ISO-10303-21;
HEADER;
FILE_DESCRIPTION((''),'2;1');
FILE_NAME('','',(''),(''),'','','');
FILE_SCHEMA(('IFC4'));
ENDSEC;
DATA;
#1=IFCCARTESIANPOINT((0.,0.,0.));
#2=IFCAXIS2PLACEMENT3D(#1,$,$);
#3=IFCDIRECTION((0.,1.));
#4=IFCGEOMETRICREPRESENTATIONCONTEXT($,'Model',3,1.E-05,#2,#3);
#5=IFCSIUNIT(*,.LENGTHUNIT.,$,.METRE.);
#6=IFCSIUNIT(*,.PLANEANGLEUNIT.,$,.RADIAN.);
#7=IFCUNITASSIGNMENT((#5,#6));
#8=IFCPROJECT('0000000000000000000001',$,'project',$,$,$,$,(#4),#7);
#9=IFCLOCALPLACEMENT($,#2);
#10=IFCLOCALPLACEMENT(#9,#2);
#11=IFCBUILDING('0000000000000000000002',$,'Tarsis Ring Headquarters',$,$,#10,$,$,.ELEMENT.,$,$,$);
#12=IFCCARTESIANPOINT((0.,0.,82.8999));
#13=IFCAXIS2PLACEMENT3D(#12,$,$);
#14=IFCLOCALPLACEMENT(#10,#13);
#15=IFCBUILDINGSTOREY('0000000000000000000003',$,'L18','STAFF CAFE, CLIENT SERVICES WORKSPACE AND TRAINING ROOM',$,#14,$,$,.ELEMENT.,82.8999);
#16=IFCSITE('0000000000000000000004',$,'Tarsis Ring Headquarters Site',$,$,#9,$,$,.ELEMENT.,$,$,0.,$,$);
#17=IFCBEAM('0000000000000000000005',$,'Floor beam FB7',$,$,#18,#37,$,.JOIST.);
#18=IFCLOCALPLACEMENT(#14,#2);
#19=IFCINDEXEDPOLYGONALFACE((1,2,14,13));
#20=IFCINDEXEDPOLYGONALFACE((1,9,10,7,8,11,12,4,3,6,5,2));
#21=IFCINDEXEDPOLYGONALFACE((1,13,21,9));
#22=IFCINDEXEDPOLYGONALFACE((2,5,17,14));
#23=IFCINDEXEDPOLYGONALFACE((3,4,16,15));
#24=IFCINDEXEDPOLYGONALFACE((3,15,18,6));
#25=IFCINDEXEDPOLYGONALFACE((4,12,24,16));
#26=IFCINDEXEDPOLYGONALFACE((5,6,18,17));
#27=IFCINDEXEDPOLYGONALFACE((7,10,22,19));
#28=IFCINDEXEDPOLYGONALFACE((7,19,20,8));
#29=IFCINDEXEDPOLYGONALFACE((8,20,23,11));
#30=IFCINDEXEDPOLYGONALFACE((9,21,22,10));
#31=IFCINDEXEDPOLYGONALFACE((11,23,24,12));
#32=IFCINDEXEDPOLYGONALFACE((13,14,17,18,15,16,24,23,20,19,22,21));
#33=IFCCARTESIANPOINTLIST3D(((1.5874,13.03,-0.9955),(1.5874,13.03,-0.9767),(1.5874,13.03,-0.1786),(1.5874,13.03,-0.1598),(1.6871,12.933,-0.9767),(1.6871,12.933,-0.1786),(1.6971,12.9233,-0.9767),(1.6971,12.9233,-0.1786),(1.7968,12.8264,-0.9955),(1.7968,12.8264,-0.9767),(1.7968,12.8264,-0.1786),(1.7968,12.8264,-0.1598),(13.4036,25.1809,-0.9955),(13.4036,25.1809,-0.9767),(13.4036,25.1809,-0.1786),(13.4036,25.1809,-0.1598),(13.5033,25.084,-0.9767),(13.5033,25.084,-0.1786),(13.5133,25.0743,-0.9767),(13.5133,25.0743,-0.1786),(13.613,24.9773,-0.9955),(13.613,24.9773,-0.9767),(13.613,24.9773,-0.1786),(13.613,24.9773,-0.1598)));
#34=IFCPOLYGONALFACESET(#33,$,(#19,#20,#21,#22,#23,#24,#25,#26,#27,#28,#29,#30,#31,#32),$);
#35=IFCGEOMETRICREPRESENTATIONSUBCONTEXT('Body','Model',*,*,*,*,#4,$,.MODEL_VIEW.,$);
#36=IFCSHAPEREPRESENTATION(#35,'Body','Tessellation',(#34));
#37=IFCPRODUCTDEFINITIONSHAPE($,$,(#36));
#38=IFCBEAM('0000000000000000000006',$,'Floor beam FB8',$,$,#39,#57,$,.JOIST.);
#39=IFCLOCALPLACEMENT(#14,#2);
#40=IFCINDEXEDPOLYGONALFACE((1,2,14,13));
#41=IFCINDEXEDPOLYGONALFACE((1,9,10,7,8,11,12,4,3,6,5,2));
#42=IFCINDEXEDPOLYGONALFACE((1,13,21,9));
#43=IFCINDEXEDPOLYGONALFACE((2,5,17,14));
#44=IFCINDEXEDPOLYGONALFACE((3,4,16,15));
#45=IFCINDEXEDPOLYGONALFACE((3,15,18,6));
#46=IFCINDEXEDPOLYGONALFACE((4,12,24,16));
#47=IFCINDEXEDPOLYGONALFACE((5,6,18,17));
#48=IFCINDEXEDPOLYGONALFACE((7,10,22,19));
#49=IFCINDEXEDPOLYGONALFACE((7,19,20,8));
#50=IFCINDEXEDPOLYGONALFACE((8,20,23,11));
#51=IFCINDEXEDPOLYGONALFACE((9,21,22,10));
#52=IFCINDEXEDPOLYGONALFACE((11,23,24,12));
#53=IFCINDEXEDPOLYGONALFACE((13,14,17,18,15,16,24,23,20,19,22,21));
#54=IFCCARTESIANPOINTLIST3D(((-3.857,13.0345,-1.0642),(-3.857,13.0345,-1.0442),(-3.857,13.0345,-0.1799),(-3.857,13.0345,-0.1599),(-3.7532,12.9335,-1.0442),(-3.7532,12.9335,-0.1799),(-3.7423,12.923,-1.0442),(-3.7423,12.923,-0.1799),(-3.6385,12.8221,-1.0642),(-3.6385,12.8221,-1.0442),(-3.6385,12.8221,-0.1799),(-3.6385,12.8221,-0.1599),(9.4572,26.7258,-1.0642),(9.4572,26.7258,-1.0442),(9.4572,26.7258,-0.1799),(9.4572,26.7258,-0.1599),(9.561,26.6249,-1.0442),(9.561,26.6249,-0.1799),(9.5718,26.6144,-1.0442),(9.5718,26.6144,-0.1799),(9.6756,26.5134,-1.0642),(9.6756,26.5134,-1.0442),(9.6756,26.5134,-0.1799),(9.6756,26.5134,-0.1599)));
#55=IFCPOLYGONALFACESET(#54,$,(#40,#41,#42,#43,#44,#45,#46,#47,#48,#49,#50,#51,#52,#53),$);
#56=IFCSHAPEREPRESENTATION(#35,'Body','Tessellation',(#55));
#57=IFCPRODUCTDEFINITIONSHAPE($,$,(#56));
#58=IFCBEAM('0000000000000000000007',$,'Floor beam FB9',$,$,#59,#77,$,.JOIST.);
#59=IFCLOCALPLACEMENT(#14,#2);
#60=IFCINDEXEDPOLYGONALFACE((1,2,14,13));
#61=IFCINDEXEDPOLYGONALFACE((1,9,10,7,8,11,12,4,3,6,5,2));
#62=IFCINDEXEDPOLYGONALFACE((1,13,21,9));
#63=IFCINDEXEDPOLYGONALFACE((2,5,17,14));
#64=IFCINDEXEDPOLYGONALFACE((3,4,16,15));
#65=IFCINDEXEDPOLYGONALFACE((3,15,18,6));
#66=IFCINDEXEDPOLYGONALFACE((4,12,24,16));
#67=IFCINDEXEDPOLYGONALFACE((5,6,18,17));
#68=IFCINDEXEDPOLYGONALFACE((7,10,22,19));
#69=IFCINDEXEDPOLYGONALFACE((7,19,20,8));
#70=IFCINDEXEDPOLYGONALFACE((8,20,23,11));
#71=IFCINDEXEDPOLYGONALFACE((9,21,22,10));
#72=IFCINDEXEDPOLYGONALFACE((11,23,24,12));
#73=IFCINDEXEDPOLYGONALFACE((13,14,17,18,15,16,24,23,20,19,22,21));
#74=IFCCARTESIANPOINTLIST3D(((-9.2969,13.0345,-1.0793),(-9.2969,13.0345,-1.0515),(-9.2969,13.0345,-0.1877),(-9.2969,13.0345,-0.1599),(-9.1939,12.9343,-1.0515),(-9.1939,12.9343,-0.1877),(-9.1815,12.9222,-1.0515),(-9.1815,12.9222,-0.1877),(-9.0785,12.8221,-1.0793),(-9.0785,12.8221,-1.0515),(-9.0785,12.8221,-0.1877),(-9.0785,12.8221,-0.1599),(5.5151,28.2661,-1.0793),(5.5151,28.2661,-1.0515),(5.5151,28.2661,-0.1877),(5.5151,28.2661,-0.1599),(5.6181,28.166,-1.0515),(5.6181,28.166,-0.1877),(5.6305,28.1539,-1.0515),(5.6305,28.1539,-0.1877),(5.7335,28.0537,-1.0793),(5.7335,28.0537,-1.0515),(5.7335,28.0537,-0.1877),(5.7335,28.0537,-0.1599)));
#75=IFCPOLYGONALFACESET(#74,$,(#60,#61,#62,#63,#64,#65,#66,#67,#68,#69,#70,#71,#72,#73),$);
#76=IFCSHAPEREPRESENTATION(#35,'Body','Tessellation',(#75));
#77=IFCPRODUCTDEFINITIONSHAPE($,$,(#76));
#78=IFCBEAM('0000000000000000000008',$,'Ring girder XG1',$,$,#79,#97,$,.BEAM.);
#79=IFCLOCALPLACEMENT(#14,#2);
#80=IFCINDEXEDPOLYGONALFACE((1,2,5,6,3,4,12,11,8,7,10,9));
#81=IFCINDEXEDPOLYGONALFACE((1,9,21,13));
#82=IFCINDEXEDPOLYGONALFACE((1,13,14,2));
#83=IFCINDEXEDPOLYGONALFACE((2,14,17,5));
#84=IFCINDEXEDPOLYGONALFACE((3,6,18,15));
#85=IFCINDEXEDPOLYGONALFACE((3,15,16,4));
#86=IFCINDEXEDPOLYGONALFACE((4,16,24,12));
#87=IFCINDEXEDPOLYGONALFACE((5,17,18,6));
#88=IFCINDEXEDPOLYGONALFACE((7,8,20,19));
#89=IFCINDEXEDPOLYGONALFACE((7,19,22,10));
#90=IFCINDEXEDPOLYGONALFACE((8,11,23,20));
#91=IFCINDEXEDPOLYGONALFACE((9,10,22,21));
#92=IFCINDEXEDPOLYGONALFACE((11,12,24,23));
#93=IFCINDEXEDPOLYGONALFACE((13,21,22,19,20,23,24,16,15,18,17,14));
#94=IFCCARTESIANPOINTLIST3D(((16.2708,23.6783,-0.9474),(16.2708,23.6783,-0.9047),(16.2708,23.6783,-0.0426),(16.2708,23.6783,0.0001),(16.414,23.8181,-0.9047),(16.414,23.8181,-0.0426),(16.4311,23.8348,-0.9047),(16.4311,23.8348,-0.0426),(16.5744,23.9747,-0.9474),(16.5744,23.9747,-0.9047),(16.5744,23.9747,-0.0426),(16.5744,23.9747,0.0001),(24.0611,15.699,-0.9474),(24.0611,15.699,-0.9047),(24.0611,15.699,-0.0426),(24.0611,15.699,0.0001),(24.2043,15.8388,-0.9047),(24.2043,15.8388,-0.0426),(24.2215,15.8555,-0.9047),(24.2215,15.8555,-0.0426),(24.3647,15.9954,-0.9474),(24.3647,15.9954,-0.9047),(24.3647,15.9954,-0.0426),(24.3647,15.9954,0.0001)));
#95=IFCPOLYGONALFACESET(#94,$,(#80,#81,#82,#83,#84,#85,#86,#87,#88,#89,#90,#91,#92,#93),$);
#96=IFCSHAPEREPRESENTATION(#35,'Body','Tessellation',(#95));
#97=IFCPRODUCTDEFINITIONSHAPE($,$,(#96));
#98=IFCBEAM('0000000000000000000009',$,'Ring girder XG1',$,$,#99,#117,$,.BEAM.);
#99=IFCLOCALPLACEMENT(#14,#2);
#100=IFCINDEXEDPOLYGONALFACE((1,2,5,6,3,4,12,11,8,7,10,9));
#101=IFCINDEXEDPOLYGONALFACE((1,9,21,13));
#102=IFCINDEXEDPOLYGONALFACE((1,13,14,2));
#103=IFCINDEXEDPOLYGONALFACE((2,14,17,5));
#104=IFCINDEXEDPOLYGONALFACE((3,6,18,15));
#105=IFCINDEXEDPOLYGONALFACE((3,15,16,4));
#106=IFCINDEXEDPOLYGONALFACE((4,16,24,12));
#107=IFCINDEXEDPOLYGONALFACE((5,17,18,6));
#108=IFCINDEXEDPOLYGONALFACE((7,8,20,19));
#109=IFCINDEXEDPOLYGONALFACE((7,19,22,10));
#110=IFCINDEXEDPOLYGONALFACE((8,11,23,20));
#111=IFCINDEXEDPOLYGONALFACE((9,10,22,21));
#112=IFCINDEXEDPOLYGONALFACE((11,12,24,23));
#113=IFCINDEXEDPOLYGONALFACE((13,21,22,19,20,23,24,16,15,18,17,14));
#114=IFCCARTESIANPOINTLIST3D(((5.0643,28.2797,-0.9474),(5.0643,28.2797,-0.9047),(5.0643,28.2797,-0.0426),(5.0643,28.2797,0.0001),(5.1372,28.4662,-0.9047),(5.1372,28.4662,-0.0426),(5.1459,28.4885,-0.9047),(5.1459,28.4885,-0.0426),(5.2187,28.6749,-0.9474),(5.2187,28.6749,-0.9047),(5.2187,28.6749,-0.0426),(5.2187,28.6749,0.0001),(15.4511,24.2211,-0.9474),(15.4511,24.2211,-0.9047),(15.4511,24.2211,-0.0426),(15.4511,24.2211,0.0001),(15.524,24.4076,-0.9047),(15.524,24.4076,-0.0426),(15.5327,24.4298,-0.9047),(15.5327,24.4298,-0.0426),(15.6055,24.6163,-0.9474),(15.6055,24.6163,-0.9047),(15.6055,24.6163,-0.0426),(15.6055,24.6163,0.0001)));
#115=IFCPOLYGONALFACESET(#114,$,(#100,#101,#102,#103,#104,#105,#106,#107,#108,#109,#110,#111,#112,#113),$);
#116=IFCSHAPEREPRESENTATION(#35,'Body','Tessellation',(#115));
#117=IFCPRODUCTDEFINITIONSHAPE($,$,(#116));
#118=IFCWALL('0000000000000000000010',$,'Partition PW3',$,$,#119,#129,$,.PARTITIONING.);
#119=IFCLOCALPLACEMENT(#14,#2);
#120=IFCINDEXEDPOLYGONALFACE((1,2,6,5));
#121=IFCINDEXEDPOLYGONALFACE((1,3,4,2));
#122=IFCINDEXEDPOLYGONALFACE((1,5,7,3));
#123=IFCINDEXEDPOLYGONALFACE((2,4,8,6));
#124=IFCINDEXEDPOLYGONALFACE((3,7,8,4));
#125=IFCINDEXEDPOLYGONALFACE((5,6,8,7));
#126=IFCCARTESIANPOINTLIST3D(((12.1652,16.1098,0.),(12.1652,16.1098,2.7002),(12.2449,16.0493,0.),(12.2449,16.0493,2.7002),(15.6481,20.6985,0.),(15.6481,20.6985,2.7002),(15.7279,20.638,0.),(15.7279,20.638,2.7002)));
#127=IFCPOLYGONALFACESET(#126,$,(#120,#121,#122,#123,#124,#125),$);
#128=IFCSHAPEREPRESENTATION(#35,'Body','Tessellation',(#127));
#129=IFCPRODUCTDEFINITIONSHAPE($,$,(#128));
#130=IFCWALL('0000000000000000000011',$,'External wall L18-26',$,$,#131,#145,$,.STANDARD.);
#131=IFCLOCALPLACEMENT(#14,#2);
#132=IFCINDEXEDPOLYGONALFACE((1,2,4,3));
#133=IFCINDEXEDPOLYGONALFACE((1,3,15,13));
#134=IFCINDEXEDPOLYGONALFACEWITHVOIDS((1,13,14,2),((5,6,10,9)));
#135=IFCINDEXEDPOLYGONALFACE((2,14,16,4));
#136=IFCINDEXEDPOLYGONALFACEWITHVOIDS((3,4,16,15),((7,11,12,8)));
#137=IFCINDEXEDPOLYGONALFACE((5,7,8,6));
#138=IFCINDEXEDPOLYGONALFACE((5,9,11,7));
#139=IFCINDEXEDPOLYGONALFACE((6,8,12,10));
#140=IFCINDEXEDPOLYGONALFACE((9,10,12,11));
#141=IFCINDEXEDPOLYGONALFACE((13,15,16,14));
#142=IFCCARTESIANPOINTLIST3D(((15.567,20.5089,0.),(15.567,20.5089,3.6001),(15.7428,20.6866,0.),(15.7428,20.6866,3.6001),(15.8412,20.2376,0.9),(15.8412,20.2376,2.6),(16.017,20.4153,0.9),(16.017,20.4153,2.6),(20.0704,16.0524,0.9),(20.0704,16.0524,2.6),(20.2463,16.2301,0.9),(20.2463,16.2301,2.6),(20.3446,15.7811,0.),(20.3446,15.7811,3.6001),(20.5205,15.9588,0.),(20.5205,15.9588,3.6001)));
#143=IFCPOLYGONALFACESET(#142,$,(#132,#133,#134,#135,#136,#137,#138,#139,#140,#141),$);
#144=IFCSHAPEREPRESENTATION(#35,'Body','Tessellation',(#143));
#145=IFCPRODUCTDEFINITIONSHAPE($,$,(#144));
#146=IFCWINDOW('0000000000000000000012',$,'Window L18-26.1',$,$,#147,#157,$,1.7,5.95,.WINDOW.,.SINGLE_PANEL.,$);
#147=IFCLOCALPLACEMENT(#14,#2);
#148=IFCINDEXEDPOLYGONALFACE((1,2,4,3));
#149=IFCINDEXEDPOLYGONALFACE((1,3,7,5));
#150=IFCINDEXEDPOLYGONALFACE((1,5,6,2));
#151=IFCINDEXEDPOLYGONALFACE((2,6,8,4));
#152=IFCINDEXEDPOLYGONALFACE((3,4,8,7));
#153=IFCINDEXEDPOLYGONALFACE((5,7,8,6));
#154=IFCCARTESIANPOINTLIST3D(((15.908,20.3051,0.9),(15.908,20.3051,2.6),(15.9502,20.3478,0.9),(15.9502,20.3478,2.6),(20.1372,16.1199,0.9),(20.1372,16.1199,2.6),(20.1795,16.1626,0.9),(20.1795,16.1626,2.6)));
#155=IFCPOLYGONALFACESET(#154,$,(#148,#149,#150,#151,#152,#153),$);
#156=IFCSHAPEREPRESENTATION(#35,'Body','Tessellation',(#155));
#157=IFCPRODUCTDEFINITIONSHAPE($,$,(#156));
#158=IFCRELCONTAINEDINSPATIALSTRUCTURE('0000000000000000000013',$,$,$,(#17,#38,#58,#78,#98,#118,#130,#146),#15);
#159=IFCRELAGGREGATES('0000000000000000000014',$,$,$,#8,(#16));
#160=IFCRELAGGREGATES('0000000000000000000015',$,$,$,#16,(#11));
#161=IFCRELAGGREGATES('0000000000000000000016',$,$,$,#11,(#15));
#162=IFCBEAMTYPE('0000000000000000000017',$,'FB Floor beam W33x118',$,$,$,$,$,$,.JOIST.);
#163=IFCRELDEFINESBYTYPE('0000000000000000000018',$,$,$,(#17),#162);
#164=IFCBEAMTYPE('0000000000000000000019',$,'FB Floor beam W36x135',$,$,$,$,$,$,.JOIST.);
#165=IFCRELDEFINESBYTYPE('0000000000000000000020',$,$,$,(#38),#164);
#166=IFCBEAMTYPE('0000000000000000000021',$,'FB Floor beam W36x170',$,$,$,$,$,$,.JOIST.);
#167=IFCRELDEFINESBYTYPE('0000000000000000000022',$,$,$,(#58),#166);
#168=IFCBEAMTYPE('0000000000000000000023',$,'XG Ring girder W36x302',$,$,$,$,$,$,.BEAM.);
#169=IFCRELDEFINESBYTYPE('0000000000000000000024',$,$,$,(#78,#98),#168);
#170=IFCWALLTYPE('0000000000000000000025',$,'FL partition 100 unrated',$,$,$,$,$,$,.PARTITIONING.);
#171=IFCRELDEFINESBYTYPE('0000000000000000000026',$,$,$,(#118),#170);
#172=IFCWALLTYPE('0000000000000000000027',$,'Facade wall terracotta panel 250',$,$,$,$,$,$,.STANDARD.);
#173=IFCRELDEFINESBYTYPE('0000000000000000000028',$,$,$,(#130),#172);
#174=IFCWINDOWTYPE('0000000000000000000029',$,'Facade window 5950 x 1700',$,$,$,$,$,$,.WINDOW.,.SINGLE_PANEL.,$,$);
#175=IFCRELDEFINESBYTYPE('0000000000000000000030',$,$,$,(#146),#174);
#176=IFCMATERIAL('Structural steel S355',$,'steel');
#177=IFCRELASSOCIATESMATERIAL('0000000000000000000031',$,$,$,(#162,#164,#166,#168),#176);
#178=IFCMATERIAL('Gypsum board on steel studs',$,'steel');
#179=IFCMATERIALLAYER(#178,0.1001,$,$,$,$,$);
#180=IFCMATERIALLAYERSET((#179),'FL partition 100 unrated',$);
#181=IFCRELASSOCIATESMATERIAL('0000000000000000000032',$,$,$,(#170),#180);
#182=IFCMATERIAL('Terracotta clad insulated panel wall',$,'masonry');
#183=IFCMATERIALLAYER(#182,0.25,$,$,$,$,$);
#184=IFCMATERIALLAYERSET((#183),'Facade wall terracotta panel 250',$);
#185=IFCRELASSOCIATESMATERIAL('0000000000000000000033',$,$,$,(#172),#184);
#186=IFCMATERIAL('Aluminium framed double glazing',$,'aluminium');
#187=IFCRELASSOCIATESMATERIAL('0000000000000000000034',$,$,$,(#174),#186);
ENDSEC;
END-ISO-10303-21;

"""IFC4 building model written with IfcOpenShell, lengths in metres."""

from ifc_helpers import new_model, si_unit, direction, frame, frame_2d, origin, origin_2d, place, context, subcontext, project, spatial, rectangle, i_section, extrude, material, layer, layer_set, material_profile, profile_set, type_object, element, fill, save


model = new_model("IFC4")

# Units and contexts
model_context = context("Model", 3, precision=1e-05, world=origin(), true_north=direction((0.0, 1.0)))
body_context = subcontext(model_context, "Body", "Model", "MODEL_VIEW")
ifc_project = project(units=[si_unit("LENGTHUNIT", "METRE"), si_unit("PLANEANGLEUNIT", "RADIAN")], contexts=[model_context])

# Site, building, storey
site_placement = place(None, origin())
site = spatial("IfcSite", under=ifc_project, at=site_placement, Name="Tarsis Ring Headquarters Site", CompositionType="ELEMENT", RefElevation=0.0)
building_placement = place(site_placement, origin())
building = spatial("IfcBuilding", under=site, at=building_placement, Name="Tarsis Ring Headquarters", CompositionType="ELEMENT")
storey_placement = place(building_placement, frame((0.0, 0.0, 82.8999)))
storey = spatial("IfcBuildingStorey", under=building, at=storey_placement, Name="L18", Description="STAFF CAFE, CLIENT SERVICES WORKSPACE AND TRAINING ROOM", CompositionType="ELEMENT", Elevation=82.8999)

# Beams
ifc_material_1 = material(Name="Structural steel S355", Category="steel")
ifc_material_profile_1 = material_profile(ifc_material_1, i_section(OverallWidth=0.292, OverallDepth=0.8357, WebThickness=0.0139, FlangeThickness=0.0188, at=origin_2d()), Name="W33x118")
ifc_profile_set_1 = profile_set([ifc_material_profile_1], Name="Structural steel S355")
beam_type_1 = type_object("IfcBeamType", Name="FB Floor beam W33x118", PredefinedType="JOIST", material=ifc_profile_set_1)
beam_1_placement = place(storey_placement, frame((13.5083, 25.0791, -0.5776), z_axis=(-0.697164, -0.716912, 0.0), x_axis=(0.716912, -0.697164, 0.0)))
element("IfcBeam", 1, at=beam_1_placement, inside=storey, type_object=beam_type_1, Name="Floor beam FB7", PredefinedType="JOIST", context=body_context, shape_type="SweptSolid", body=[
    extrude(i_section(OverallWidth=0.292, OverallDepth=0.8357, WebThickness=0.0139, FlangeThickness=0.0188, at=origin_2d()), origin(), (0.0, 0.0, 1.0), 16.949),
])
ifc_material_profile_2 = material_profile(ifc_material_1, i_section(OverallWidth=0.3047, OverallDepth=0.9043, WebThickness=0.0151, FlangeThickness=0.02, at=origin_2d()), Name="W36x135")
ifc_profile_set_2 = profile_set([ifc_material_profile_2], Name="Structural steel S355")
beam_type_2 = type_object("IfcBeamType", Name="FB Floor beam W36x135", PredefinedType="JOIST", material=ifc_profile_set_2)
beam_2_placement = place(storey_placement, frame((9.5664, 26.6196, -0.6121), z_axis=(-0.697162, -0.716913, 0.0), x_axis=(0.716913, -0.697162, 0.0)))
element("IfcBeam", 2, at=beam_2_placement, inside=storey, type_object=beam_type_2, Name="Floor beam FB8", PredefinedType="JOIST", context=body_context, shape_type="SweptSolid", body=[
    extrude(i_section(OverallWidth=0.3047, OverallDepth=0.9043, WebThickness=0.0151, FlangeThickness=0.02, at=origin_2d()), origin(), (0.0, 0.0, 1.0), 19.0977),
])
ifc_material_profile_3 = material_profile(ifc_material_1, i_section(OverallWidth=0.3047, OverallDepth=0.9194, WebThickness=0.0173, FlangeThickness=0.0278, at=origin_2d()), Name="W36x170")
ifc_profile_set_3 = profile_set([ifc_material_profile_3], Name="Structural steel S355")
beam_type_3 = type_object("IfcBeamType", Name="FB Floor beam W36x170", PredefinedType="JOIST", material=ifc_profile_set_3)
beam_3_placement = place(storey_placement, frame((5.6243, 28.1599, -0.6196), z_axis=(-0.697161, -0.716914, 0.0), x_axis=(0.716914, -0.697161, 0.0)))
element("IfcBeam", 3, at=beam_3_placement, inside=storey, type_object=beam_type_3, Name="Floor beam FB9", PredefinedType="JOIST", context=body_context, shape_type="SweptSolid", body=[
    extrude(i_section(OverallWidth=0.3047, OverallDepth=0.9194, WebThickness=0.0173, FlangeThickness=0.0278, at=origin_2d()), origin(), (0.0, 0.0, 1.0), 21.2461),
])
ifc_material_profile_4 = material_profile(ifc_material_1, i_section(OverallWidth=0.4243, OverallDepth=0.9475, WebThickness=0.0239, FlangeThickness=0.0427, at=origin_2d()), Name="W36x302")
ifc_profile_set_4 = profile_set([ifc_material_profile_4], Name="Structural steel S355")
beam_type_4 = type_object("IfcBeamType", Name="XG Ring girder W36x302", PredefinedType="BEAM", material=ifc_profile_set_4)
for number, where, z_axis, x_axis, name in (
    (4, (24.2129, 15.8472, -0.4736), (-0.698583, 0.715529, 0.0), (-0.715529, -0.698583, 0.0), "Ring girder XG1"),
    (5, (15.5283, 24.4187, -0.4736), (-0.931418, 0.36395, 0.0), (-0.36395, -0.931418, 0.0), "Ring girder XG1"),
):
    element("IfcBeam", number, at=place(storey_placement, frame(where, z_axis=z_axis, x_axis=x_axis)), inside=storey, type_object=beam_type_4, Name=name, PredefinedType="BEAM", context=body_context, shape_type="SweptSolid", body=[
        extrude(i_section(OverallWidth=0.4243, OverallDepth=0.9475, WebThickness=0.0239, FlangeThickness=0.0427, at=origin_2d()), origin(), (0.0, 0.0, 1.0), 11.1516),
    ])

# Wall
ifc_material_2 = material(Name="Gypsum board on steel studs", Category="steel")
ifc_layer_1 = layer(ifc_material_2, 0.1001)
ifc_layer_set_1 = layer_set([ifc_layer_1], Name="FL partition 100 unrated")
wall_type_1 = type_object("IfcWallType", Name="FL partition 100 unrated", PredefinedType="PARTITIONING", material=ifc_layer_set_1)
wall_1_placement = place(storey_placement, frame((12.2051, 16.0796, 0.0), z_axis=(0.0, 0.0, 1.0), x_axis=(0.604594, 0.796534, 0.0)))
element("IfcWall", 6, at=wall_1_placement, inside=storey, type_object=wall_type_1, Name="Partition PW3", PredefinedType="PARTITIONING", context=body_context, shape_type="SweptSolid", body=[
    extrude(rectangle(XDim=5.7607, YDim=0.1001, at=frame_2d((2.8804, 0.0))), origin(), (0.0, 0.0, 1.0), 2.7002),
])

# Wall, opening, window
ifc_material_3 = material(Name="Terracotta clad insulated panel wall", Category="masonry")
ifc_layer_2 = layer(ifc_material_3, 0.25)
ifc_layer_set_2 = layer_set([ifc_layer_2], Name="Facade wall terracotta panel 250")
wall_type_2 = type_object("IfcWallType", Name="Facade wall terracotta panel 250", PredefinedType="STANDARD", material=ifc_layer_set_2)
wall_2_placement = place(storey_placement, frame((20.4326, 15.8699, 0.0), z_axis=(0.0, 0.0, 1.0), x_axis=(-0.710802, 0.703392, 0.0)))
wall_2 = element("IfcWall", 7, at=wall_2_placement, inside=storey, type_object=wall_type_2, Name="External wall L18-26", PredefinedType="STANDARD", context=body_context, shape_type="SweptSolid", body=[
    extrude(rectangle(XDim=6.7214, YDim=0.25, at=frame_2d((3.3608, 0.0))), origin(), (0.0, 0.0, 1.0), 3.6001),
])
opening_1_placement = place(wall_2_placement, frame((0.3857, 0.0, 0.8999)))
opening_1 = element("IfcOpeningElement", 8, at=opening_1_placement, cuts=wall_2, PredefinedType="OPENING", context=body_context, shape_type="SweptSolid", body=[
    extrude(rectangle(XDim=5.95, YDim=1.7, at=frame_2d((2.9751, 0.8501))), frame((0.0, 0.135, 0.0), z_axis=(0.0, -1.0, 0.0), x_axis=(1.0, 0.0, 0.0)), (0.0, 0.0, 1.0), 0.27),
])
ifc_material_4 = material(Name="Aluminium framed double glazing", Category="aluminium")
window_type = type_object("IfcWindowType", Name="Facade window 5950 x 1700", PartitioningType="SINGLE_PANEL", PredefinedType="WINDOW", material=ifc_material_4)
window_1_placement = place(opening_1_placement, origin())
window_1 = element("IfcWindow", 9, at=window_1_placement, inside=storey, type_object=window_type, Name="Window L18-26.1", OverallHeight=1.7, OverallWidth=5.95, PartitioningType="SINGLE_PANEL", PredefinedType="WINDOW", context=body_context, shape_type="SweptSolid", body=[
    extrude(rectangle(XDim=5.95, YDim=1.7, at=frame_2d((2.9751, 0.8501))), frame((0.0, 0.03, 0.0), z_axis=(0.0, -1.0, 0.0), x_axis=(1.0, 0.0, 0.0)), (0.0, 0.0, 1.0), 0.0601),
])
fill(opening_1, window_1)

save(model, "model.ifc")
